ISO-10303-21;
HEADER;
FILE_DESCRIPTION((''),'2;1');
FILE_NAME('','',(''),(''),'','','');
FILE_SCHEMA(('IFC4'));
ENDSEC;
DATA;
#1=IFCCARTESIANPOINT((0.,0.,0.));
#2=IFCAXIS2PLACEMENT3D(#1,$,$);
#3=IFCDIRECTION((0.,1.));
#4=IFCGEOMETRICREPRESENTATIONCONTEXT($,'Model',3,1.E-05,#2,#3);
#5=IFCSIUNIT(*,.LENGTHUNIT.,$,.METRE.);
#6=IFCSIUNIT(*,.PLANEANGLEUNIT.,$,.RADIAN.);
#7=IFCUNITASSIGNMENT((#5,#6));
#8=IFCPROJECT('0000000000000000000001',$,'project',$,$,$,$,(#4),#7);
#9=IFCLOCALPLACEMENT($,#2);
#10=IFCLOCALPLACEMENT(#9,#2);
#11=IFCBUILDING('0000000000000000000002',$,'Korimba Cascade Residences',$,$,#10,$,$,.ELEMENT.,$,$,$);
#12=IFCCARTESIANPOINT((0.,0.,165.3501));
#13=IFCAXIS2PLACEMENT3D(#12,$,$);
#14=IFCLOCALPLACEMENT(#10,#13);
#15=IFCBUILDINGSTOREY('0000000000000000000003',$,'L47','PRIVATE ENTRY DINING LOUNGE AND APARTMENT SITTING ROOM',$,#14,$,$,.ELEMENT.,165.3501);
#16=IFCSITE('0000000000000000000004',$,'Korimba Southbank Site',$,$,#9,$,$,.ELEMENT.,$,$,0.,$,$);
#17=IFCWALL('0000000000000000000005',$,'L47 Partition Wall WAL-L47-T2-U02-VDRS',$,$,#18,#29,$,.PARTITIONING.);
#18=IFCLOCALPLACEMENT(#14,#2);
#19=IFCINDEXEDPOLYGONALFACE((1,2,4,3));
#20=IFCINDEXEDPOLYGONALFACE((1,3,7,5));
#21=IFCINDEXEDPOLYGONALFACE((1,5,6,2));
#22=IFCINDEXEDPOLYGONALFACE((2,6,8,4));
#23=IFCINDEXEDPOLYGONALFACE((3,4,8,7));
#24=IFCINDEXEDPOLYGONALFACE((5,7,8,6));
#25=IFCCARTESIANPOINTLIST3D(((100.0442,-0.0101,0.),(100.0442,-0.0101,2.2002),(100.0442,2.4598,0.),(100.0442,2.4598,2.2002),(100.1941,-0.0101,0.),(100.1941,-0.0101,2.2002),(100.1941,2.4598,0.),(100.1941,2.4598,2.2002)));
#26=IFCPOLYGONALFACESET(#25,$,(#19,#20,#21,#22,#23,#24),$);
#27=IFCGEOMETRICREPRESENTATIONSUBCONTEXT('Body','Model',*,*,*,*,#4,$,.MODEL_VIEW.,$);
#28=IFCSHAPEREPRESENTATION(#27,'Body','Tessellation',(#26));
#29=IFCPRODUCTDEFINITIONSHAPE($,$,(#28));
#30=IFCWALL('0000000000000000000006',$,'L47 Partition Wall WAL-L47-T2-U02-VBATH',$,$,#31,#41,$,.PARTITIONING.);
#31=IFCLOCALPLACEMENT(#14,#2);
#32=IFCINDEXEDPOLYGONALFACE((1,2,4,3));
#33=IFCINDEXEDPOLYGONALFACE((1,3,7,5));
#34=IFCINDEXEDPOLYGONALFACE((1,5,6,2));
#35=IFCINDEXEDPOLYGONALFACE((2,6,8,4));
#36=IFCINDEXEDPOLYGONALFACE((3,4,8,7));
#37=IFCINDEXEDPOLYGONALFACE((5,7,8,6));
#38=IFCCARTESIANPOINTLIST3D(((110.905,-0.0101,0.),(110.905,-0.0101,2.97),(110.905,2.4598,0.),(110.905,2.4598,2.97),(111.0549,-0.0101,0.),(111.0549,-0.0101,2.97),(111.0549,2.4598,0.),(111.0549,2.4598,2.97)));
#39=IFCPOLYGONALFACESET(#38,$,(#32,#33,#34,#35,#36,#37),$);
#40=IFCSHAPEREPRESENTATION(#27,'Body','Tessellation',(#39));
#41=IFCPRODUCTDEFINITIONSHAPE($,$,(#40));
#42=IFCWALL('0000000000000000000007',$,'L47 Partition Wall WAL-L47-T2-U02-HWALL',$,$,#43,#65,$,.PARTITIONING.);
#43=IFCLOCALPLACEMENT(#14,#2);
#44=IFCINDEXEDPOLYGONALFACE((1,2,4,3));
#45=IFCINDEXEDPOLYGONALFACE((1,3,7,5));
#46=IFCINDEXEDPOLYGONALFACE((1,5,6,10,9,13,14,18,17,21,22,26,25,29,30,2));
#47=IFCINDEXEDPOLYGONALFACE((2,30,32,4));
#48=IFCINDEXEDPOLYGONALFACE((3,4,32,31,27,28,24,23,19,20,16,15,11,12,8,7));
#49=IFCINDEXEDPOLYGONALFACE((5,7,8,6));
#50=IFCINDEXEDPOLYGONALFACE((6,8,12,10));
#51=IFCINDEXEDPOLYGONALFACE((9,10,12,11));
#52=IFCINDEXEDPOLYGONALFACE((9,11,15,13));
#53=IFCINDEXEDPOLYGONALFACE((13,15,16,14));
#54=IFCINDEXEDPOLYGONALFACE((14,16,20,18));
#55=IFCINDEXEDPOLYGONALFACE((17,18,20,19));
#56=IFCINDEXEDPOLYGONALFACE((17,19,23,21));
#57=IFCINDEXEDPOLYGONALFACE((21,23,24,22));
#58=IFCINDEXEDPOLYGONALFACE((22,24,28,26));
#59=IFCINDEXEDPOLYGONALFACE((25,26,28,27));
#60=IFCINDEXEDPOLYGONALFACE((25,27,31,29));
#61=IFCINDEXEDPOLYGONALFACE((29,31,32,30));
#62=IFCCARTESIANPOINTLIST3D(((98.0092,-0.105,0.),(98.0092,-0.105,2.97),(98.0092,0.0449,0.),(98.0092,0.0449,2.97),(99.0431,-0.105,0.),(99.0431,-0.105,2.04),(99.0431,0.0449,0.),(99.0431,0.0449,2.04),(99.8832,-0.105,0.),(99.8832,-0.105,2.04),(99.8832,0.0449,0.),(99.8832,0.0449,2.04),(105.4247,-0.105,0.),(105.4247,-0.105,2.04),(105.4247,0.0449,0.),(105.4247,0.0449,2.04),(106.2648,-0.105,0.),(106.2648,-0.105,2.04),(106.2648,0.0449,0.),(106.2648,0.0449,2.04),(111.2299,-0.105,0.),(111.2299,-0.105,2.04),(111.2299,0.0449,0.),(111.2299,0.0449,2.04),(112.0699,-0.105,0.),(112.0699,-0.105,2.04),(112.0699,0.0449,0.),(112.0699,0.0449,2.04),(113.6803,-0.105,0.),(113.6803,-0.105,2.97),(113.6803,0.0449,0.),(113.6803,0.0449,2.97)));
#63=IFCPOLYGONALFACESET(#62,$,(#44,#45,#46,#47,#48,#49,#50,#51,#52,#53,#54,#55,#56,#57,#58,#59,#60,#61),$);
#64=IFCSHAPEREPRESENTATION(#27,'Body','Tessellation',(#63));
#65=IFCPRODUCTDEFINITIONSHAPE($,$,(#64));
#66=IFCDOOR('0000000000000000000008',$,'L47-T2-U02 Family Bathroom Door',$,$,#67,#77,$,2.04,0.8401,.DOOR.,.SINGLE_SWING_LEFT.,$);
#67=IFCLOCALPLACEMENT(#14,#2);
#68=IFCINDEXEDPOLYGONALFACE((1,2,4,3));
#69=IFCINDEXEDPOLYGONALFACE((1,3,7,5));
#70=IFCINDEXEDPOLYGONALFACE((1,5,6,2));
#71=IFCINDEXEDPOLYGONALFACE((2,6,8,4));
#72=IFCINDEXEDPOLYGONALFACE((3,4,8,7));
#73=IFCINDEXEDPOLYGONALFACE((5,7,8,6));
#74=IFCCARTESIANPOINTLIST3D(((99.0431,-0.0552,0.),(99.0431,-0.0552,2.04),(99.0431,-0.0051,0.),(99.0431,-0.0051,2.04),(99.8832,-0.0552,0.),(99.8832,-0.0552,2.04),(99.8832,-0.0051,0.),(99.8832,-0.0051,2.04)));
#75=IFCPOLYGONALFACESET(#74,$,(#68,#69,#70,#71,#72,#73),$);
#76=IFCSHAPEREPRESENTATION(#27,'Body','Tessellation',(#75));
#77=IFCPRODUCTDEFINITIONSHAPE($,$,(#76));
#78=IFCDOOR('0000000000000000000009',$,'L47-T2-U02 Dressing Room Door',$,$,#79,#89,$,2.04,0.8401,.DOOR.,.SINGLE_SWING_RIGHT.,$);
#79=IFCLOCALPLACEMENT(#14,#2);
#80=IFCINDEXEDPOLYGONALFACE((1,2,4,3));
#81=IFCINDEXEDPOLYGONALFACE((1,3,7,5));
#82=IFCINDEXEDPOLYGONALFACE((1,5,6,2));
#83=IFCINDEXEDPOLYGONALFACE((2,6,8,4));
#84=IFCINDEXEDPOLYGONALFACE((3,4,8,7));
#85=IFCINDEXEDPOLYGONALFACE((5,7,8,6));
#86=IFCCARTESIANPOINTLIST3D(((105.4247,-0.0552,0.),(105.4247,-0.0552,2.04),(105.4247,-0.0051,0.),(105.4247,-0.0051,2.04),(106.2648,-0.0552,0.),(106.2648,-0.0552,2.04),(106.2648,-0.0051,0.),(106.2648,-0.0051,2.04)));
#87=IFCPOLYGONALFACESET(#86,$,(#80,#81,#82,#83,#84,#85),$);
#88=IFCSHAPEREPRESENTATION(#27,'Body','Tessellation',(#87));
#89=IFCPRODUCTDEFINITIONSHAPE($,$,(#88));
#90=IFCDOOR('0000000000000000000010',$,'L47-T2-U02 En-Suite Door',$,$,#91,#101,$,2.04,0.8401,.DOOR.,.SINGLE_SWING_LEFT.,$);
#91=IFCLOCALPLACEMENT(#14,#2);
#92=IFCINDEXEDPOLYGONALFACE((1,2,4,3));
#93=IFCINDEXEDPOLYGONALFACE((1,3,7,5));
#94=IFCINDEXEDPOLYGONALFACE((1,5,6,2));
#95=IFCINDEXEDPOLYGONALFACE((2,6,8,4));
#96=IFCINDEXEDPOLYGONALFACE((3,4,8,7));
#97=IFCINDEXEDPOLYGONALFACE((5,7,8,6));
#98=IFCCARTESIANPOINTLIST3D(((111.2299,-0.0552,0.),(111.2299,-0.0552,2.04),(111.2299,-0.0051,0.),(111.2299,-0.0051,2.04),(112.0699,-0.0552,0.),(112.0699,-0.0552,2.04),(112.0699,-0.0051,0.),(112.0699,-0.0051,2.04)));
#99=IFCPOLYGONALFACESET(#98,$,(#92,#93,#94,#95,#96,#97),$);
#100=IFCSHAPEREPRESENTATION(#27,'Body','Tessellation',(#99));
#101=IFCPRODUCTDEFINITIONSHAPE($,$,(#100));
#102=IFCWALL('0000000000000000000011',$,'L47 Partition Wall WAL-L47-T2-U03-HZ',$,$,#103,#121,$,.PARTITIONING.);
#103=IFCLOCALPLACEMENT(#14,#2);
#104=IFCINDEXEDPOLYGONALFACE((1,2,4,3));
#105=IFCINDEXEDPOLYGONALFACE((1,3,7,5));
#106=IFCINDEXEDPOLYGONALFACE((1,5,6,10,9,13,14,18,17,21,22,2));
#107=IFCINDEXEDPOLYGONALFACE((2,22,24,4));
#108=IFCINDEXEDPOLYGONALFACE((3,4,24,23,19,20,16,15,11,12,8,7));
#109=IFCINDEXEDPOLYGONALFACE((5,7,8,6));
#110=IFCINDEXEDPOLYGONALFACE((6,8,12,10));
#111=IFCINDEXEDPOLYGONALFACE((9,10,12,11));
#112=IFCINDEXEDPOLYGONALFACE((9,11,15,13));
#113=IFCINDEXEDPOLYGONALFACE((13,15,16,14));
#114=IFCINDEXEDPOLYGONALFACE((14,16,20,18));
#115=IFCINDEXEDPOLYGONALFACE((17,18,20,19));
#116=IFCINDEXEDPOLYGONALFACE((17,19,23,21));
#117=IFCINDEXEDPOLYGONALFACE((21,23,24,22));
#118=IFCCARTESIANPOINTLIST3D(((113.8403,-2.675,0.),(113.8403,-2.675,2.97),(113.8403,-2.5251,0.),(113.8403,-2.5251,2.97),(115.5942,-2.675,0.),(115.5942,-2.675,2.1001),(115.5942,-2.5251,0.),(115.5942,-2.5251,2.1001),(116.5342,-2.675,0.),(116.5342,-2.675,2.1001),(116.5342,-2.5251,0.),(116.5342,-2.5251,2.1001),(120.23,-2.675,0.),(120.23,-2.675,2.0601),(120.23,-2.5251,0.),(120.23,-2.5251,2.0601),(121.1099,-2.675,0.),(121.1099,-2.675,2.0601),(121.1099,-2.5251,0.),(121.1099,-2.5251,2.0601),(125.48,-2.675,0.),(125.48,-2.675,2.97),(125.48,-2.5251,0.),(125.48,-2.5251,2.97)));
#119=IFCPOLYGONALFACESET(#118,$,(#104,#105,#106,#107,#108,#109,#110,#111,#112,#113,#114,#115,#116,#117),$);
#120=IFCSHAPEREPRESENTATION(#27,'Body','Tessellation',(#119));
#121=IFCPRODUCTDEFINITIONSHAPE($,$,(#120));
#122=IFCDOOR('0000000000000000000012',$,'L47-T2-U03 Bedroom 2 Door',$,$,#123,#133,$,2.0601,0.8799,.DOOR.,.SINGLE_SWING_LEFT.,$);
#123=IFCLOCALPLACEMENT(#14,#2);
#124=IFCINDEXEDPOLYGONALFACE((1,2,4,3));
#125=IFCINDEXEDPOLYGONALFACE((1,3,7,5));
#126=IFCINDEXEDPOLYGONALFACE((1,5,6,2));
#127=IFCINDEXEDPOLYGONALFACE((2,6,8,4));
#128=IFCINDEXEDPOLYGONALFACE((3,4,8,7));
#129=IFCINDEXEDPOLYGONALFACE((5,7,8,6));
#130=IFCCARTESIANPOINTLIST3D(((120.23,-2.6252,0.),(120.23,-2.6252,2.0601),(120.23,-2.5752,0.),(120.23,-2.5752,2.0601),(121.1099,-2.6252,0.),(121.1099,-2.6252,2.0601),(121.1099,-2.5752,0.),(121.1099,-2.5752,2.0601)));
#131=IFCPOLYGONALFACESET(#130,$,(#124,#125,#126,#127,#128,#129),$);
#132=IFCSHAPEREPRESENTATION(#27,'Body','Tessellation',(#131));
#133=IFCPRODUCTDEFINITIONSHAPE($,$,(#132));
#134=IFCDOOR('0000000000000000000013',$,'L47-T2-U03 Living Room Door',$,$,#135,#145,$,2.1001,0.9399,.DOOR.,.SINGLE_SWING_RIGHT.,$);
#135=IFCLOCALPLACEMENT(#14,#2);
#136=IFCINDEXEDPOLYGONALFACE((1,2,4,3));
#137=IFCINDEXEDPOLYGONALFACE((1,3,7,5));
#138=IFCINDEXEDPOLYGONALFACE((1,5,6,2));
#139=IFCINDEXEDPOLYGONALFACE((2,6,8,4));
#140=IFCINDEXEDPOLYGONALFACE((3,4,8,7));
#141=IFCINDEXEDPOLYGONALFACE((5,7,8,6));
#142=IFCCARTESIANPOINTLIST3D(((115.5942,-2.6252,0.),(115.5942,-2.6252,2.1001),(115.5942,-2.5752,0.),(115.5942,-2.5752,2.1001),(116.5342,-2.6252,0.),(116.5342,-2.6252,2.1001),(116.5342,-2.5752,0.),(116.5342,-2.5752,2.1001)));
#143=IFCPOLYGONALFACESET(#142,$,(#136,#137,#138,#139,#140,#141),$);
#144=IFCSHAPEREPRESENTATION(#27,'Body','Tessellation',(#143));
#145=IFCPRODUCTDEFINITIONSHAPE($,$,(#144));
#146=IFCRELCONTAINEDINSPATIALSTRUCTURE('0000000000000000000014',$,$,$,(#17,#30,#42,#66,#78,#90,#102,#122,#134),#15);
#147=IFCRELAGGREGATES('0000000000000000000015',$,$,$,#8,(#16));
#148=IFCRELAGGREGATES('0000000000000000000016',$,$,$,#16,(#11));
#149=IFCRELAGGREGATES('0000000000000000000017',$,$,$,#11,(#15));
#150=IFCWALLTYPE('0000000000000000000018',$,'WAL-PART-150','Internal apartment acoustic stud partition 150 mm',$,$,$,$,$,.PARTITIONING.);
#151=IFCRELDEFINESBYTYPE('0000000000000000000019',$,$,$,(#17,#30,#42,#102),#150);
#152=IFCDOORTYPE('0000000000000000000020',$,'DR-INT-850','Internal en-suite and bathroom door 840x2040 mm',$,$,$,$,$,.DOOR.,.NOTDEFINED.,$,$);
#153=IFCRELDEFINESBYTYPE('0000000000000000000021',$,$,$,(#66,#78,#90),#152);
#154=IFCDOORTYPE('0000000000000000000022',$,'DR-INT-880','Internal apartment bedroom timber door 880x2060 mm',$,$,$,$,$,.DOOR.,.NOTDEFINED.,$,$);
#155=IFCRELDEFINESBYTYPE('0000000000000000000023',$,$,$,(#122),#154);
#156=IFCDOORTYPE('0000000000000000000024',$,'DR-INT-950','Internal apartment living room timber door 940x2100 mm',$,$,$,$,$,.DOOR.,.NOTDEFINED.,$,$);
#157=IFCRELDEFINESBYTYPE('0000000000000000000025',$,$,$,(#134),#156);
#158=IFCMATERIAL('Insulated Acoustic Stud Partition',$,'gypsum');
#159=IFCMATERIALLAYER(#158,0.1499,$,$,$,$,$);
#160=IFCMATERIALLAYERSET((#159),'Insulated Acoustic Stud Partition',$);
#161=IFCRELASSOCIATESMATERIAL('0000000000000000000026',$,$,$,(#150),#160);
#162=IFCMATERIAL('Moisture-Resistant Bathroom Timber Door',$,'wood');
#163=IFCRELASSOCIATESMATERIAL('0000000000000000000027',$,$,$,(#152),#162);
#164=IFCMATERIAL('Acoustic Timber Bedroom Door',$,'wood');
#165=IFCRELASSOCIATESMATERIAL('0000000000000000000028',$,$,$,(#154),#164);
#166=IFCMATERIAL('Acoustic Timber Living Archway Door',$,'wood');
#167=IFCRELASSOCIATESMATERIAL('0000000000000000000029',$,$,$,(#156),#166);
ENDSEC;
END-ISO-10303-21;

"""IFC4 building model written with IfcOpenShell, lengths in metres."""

from ifc_helpers import new_model, si_unit, direction, frame, frame_2d, origin, place, context, subcontext, project, spatial, rectangle, extrude, material, layer, layer_set, type_object, element, fill, save


model = new_model("IFC4")

# Units and contexts
model_context = context("Model", 3, precision=1e-05, world=origin(), true_north=direction((0.0, 1.0)))
body_context = subcontext(model_context, "Body", "Model", "MODEL_VIEW")
ifc_project = project(units=[si_unit("LENGTHUNIT", "METRE"), si_unit("PLANEANGLEUNIT", "RADIAN")], contexts=[model_context])

# Site, building, storey
site_placement = place(None, origin())
site = spatial("IfcSite", under=ifc_project, at=site_placement, Name="Korimba Southbank Site", CompositionType="ELEMENT", RefElevation=0.0)
building_placement = place(site_placement, origin())
building = spatial("IfcBuilding", under=site, at=building_placement, Name="Korimba Cascade Residences", CompositionType="ELEMENT")
storey_placement = place(building_placement, frame((0.0, 0.0, 165.3501)))
storey = spatial("IfcBuildingStorey", under=building, at=storey_placement, Name="L47", Description="PRIVATE ENTRY DINING LOUNGE AND APARTMENT SITTING ROOM", CompositionType="ELEMENT", Elevation=165.3501)

# Shared definitions
ifc_material_1 = material(Name="Insulated Acoustic Stud Partition", Category="gypsum")
ifc_layer = layer(ifc_material_1, 0.1499)
ifc_layer_set = layer_set([ifc_layer], Name="Insulated Acoustic Stud Partition")
wall_type = type_object("IfcWallType", Name="WAL-PART-150", Description="Internal apartment acoustic stud partition 150 mm", PredefinedType="PARTITIONING", material=ifc_layer_set)
ifc_material_2 = material(Name="Moisture-Resistant Bathroom Timber Door", Category="wood")
door_type_1 = type_object("IfcDoorType", Name="DR-INT-850", Description="Internal en-suite and bathroom door 840x2040 mm", OperationType="NOTDEFINED", PredefinedType="DOOR", material=ifc_material_2)
ifc_material_3 = material(Name="Acoustic Timber Bedroom Door", Category="wood")
door_type_2 = type_object("IfcDoorType", Name="DR-INT-880", Description="Internal apartment bedroom timber door 880x2060 mm", OperationType="NOTDEFINED", PredefinedType="DOOR", material=ifc_material_3)

# Walls
wall_1_placement = place(storey_placement, frame((100.1191, -0.01, 0.0), z_axis=(0.0, 0.0, 1.0), x_axis=(0.0, 1.0, 0.0)))
element("IfcWall", 1, at=wall_1_placement, inside=storey, type_object=wall_type, Name="L47 Partition Wall WAL-L47-T2-U02-VDRS", PredefinedType="PARTITIONING", context=body_context, shape_type="SweptSolid", body=[
    extrude(rectangle(XDim=2.47, YDim=0.1499, at=frame_2d((1.2349, 0.0))), origin(), (0.0, 0.0, 1.0), 2.2002),
])
wall_2_placement = place(storey_placement, frame((110.98, -0.01, 0.0), z_axis=(0.0, 0.0, 1.0), x_axis=(0.0, 1.0, 0.0)))
element("IfcWall", 2, at=wall_2_placement, inside=storey, type_object=wall_type, Name="L47 Partition Wall WAL-L47-T2-U02-VBATH", PredefinedType="PARTITIONING", context=body_context, shape_type="SweptSolid", body=[
    extrude(rectangle(XDim=2.47, YDim=0.1499, at=frame_2d((1.2349, 0.0))), origin(), (0.0, 0.0, 1.0), 2.97),
])

# Walls, openings, doors
wall_3_placement = place(storey_placement, frame((98.0093, -0.03, 0.0), z_axis=(0.0, 0.0, 1.0), x_axis=(1.0, 0.0, 0.0)))
wall_3 = element("IfcWall", 3, at=wall_3_placement, inside=storey, type_object=wall_type, Name="L47 Partition Wall WAL-L47-T2-U02-HWALL", PredefinedType="PARTITIONING", context=body_context, shape_type="SweptSolid", body=[
    extrude(rectangle(XDim=15.6711, YDim=0.1499, at=frame_2d((7.8354, 0.0))), origin(), (0.0, 0.0, 1.0), 2.97),
])
opening_1_placement = place(wall_3_placement, frame((1.0339, 0.0, 0.0)))
opening_1 = element("IfcOpeningElement", 4, at=opening_1_placement, cuts=wall_3, PredefinedType="OPENING", context=body_context, shape_type="SweptSolid", body=[
    extrude(rectangle(XDim=0.8401, YDim=2.04, at=frame_2d((0.4199, 1.02))), frame((0.0, 0.085, 0.0), z_axis=(0.0, -1.0, 0.0), x_axis=(1.0, 0.0, 0.0)), (0.0, 0.0, 1.0), 0.1699),
])
opening_2_placement = place(wall_3_placement, frame((7.4155, 0.0, 0.0)))
opening_2 = element("IfcOpeningElement", 5, at=opening_2_placement, cuts=wall_3, PredefinedType="OPENING", context=body_context, shape_type="SweptSolid", body=[
    extrude(rectangle(XDim=0.8401, YDim=2.04, at=frame_2d((0.4199, 1.02))), frame((0.0, 0.085, 0.0), z_axis=(0.0, -1.0, 0.0), x_axis=(1.0, 0.0, 0.0)), (0.0, 0.0, 1.0), 0.1699),
])
opening_3_placement = place(wall_3_placement, frame((13.2207, 0.0, 0.0)))
opening_3 = element("IfcOpeningElement", 6, at=opening_3_placement, cuts=wall_3, PredefinedType="OPENING", context=body_context, shape_type="SweptSolid", body=[
    extrude(rectangle(XDim=0.8401, YDim=2.04, at=frame_2d((0.4199, 1.02))), frame((0.0, 0.085, 0.0), z_axis=(0.0, -1.0, 0.0), x_axis=(1.0, 0.0, 0.0)), (0.0, 0.0, 1.0), 0.1699),
])
door_1_placement = place(opening_1_placement, origin())
door_1 = element("IfcDoor", 7, at=door_1_placement, inside=storey, type_object=door_type_1, Name="L47-T2-U02 Family Bathroom Door", OperationType="SINGLE_SWING_LEFT", OverallHeight=2.04, OverallWidth=0.8401, PredefinedType="DOOR", context=body_context, shape_type="SweptSolid", body=[
    extrude(rectangle(XDim=0.8401, YDim=2.04, at=frame_2d((0.4199, 1.02))), frame((0.0, 0.0249, 0.0), z_axis=(0.0, -1.0, 0.0), x_axis=(1.0, 0.0, 0.0)), (0.0, 0.0, 1.0), 0.05),
])
fill(opening_1, door_1)
door_2_placement = place(opening_2_placement, origin())
door_2 = element("IfcDoor", 8, at=door_2_placement, inside=storey, type_object=door_type_1, Name="L47-T2-U02 Dressing Room Door", OperationType="SINGLE_SWING_RIGHT", OverallHeight=2.04, OverallWidth=0.8401, PredefinedType="DOOR", context=body_context, shape_type="SweptSolid", body=[
    extrude(rectangle(XDim=0.8401, YDim=2.04, at=frame_2d((0.4199, 1.02))), frame((0.0, 0.0249, 0.0), z_axis=(0.0, -1.0, 0.0), x_axis=(1.0, 0.0, 0.0)), (0.0, 0.0, 1.0), 0.05),
])
fill(opening_2, door_2)
door_3_placement = place(opening_3_placement, origin())
door_3 = element("IfcDoor", 9, at=door_3_placement, inside=storey, type_object=door_type_1, Name="L47-T2-U02 En-Suite Door", OperationType="SINGLE_SWING_LEFT", OverallHeight=2.04, OverallWidth=0.8401, PredefinedType="DOOR", context=body_context, shape_type="SweptSolid", body=[
    extrude(rectangle(XDim=0.8401, YDim=2.04, at=frame_2d((0.4199, 1.02))), frame((0.0, 0.0249, 0.0), z_axis=(0.0, -1.0, 0.0), x_axis=(1.0, 0.0, 0.0)), (0.0, 0.0, 1.0), 0.05),
])
fill(opening_3, door_3)
wall_4_placement = place(storey_placement, frame((113.8403, -2.6001, 0.0), z_axis=(0.0, 0.0, 1.0), x_axis=(1.0, 0.0, 0.0)))
wall_4 = element("IfcWall", 10, at=wall_4_placement, inside=storey, type_object=wall_type, Name="L47 Partition Wall WAL-L47-T2-U03-HZ", PredefinedType="PARTITIONING", context=body_context, shape_type="SweptSolid", body=[
    extrude(rectangle(XDim=11.6396, YDim=0.1499, at=frame_2d((5.8198, 0.0))), origin(), (0.0, 0.0, 1.0), 2.97),
])
opening_4_placement = place(wall_4_placement, frame((1.7539, 0.0, 0.0)))
opening_4 = element("IfcOpeningElement", 11, at=opening_4_placement, cuts=wall_4, PredefinedType="OPENING", context=body_context, shape_type="SweptSolid", body=[
    extrude(rectangle(XDim=0.9399, YDim=2.1001, at=frame_2d((0.47, 1.05))), frame((0.0, 0.085, 0.0), z_axis=(0.0, -1.0, 0.0), x_axis=(1.0, 0.0, 0.0)), (0.0, 0.0, 1.0), 0.1699),
])
opening_5_placement = place(wall_4_placement, frame((6.3896, 0.0, 0.0)))
opening_5 = element("IfcOpeningElement", 12, at=opening_5_placement, cuts=wall_4, PredefinedType="OPENING", context=body_context, shape_type="SweptSolid", body=[
    extrude(rectangle(XDim=0.8799, YDim=2.0601, at=frame_2d((0.4399, 1.03))), frame((0.0, 0.085, 0.0), z_axis=(0.0, -1.0, 0.0), x_axis=(1.0, 0.0, 0.0)), (0.0, 0.0, 1.0), 0.1699),
])
door_4_placement = place(opening_5_placement, origin())
door_4 = element("IfcDoor", 13, at=door_4_placement, inside=storey, type_object=door_type_2, Name="L47-T2-U03 Bedroom 2 Door", OperationType="SINGLE_SWING_LEFT", OverallHeight=2.0601, OverallWidth=0.8799, PredefinedType="DOOR", context=body_context, shape_type="SweptSolid", body=[
    extrude(rectangle(XDim=0.8799, YDim=2.0601, at=frame_2d((0.4399, 1.03))), frame((0.0, 0.0249, 0.0), z_axis=(0.0, -1.0, 0.0), x_axis=(1.0, 0.0, 0.0)), (0.0, 0.0, 1.0), 0.05),
])
fill(opening_5, door_4)
ifc_material_4 = material(Name="Acoustic Timber Living Archway Door", Category="wood")
door_type_3 = type_object("IfcDoorType", Name="DR-INT-950", Description="Internal apartment living room timber door 940x2100 mm", OperationType="NOTDEFINED", PredefinedType="DOOR", material=ifc_material_4)
door_5_placement = place(opening_4_placement, origin())
door_5 = element("IfcDoor", 14, at=door_5_placement, inside=storey, type_object=door_type_3, Name="L47-T2-U03 Living Room Door", OperationType="SINGLE_SWING_RIGHT", OverallHeight=2.1001, OverallWidth=0.9399, PredefinedType="DOOR", context=body_context, shape_type="SweptSolid", body=[
    extrude(rectangle(XDim=0.9399, YDim=2.1001, at=frame_2d((0.47, 1.05))), frame((0.0, 0.0249, 0.0), z_axis=(0.0, -1.0, 0.0), x_axis=(1.0, 0.0, 0.0)), (0.0, 0.0, 1.0), 0.05),
])
fill(opening_4, door_5)

save(model, "model.ifc")
